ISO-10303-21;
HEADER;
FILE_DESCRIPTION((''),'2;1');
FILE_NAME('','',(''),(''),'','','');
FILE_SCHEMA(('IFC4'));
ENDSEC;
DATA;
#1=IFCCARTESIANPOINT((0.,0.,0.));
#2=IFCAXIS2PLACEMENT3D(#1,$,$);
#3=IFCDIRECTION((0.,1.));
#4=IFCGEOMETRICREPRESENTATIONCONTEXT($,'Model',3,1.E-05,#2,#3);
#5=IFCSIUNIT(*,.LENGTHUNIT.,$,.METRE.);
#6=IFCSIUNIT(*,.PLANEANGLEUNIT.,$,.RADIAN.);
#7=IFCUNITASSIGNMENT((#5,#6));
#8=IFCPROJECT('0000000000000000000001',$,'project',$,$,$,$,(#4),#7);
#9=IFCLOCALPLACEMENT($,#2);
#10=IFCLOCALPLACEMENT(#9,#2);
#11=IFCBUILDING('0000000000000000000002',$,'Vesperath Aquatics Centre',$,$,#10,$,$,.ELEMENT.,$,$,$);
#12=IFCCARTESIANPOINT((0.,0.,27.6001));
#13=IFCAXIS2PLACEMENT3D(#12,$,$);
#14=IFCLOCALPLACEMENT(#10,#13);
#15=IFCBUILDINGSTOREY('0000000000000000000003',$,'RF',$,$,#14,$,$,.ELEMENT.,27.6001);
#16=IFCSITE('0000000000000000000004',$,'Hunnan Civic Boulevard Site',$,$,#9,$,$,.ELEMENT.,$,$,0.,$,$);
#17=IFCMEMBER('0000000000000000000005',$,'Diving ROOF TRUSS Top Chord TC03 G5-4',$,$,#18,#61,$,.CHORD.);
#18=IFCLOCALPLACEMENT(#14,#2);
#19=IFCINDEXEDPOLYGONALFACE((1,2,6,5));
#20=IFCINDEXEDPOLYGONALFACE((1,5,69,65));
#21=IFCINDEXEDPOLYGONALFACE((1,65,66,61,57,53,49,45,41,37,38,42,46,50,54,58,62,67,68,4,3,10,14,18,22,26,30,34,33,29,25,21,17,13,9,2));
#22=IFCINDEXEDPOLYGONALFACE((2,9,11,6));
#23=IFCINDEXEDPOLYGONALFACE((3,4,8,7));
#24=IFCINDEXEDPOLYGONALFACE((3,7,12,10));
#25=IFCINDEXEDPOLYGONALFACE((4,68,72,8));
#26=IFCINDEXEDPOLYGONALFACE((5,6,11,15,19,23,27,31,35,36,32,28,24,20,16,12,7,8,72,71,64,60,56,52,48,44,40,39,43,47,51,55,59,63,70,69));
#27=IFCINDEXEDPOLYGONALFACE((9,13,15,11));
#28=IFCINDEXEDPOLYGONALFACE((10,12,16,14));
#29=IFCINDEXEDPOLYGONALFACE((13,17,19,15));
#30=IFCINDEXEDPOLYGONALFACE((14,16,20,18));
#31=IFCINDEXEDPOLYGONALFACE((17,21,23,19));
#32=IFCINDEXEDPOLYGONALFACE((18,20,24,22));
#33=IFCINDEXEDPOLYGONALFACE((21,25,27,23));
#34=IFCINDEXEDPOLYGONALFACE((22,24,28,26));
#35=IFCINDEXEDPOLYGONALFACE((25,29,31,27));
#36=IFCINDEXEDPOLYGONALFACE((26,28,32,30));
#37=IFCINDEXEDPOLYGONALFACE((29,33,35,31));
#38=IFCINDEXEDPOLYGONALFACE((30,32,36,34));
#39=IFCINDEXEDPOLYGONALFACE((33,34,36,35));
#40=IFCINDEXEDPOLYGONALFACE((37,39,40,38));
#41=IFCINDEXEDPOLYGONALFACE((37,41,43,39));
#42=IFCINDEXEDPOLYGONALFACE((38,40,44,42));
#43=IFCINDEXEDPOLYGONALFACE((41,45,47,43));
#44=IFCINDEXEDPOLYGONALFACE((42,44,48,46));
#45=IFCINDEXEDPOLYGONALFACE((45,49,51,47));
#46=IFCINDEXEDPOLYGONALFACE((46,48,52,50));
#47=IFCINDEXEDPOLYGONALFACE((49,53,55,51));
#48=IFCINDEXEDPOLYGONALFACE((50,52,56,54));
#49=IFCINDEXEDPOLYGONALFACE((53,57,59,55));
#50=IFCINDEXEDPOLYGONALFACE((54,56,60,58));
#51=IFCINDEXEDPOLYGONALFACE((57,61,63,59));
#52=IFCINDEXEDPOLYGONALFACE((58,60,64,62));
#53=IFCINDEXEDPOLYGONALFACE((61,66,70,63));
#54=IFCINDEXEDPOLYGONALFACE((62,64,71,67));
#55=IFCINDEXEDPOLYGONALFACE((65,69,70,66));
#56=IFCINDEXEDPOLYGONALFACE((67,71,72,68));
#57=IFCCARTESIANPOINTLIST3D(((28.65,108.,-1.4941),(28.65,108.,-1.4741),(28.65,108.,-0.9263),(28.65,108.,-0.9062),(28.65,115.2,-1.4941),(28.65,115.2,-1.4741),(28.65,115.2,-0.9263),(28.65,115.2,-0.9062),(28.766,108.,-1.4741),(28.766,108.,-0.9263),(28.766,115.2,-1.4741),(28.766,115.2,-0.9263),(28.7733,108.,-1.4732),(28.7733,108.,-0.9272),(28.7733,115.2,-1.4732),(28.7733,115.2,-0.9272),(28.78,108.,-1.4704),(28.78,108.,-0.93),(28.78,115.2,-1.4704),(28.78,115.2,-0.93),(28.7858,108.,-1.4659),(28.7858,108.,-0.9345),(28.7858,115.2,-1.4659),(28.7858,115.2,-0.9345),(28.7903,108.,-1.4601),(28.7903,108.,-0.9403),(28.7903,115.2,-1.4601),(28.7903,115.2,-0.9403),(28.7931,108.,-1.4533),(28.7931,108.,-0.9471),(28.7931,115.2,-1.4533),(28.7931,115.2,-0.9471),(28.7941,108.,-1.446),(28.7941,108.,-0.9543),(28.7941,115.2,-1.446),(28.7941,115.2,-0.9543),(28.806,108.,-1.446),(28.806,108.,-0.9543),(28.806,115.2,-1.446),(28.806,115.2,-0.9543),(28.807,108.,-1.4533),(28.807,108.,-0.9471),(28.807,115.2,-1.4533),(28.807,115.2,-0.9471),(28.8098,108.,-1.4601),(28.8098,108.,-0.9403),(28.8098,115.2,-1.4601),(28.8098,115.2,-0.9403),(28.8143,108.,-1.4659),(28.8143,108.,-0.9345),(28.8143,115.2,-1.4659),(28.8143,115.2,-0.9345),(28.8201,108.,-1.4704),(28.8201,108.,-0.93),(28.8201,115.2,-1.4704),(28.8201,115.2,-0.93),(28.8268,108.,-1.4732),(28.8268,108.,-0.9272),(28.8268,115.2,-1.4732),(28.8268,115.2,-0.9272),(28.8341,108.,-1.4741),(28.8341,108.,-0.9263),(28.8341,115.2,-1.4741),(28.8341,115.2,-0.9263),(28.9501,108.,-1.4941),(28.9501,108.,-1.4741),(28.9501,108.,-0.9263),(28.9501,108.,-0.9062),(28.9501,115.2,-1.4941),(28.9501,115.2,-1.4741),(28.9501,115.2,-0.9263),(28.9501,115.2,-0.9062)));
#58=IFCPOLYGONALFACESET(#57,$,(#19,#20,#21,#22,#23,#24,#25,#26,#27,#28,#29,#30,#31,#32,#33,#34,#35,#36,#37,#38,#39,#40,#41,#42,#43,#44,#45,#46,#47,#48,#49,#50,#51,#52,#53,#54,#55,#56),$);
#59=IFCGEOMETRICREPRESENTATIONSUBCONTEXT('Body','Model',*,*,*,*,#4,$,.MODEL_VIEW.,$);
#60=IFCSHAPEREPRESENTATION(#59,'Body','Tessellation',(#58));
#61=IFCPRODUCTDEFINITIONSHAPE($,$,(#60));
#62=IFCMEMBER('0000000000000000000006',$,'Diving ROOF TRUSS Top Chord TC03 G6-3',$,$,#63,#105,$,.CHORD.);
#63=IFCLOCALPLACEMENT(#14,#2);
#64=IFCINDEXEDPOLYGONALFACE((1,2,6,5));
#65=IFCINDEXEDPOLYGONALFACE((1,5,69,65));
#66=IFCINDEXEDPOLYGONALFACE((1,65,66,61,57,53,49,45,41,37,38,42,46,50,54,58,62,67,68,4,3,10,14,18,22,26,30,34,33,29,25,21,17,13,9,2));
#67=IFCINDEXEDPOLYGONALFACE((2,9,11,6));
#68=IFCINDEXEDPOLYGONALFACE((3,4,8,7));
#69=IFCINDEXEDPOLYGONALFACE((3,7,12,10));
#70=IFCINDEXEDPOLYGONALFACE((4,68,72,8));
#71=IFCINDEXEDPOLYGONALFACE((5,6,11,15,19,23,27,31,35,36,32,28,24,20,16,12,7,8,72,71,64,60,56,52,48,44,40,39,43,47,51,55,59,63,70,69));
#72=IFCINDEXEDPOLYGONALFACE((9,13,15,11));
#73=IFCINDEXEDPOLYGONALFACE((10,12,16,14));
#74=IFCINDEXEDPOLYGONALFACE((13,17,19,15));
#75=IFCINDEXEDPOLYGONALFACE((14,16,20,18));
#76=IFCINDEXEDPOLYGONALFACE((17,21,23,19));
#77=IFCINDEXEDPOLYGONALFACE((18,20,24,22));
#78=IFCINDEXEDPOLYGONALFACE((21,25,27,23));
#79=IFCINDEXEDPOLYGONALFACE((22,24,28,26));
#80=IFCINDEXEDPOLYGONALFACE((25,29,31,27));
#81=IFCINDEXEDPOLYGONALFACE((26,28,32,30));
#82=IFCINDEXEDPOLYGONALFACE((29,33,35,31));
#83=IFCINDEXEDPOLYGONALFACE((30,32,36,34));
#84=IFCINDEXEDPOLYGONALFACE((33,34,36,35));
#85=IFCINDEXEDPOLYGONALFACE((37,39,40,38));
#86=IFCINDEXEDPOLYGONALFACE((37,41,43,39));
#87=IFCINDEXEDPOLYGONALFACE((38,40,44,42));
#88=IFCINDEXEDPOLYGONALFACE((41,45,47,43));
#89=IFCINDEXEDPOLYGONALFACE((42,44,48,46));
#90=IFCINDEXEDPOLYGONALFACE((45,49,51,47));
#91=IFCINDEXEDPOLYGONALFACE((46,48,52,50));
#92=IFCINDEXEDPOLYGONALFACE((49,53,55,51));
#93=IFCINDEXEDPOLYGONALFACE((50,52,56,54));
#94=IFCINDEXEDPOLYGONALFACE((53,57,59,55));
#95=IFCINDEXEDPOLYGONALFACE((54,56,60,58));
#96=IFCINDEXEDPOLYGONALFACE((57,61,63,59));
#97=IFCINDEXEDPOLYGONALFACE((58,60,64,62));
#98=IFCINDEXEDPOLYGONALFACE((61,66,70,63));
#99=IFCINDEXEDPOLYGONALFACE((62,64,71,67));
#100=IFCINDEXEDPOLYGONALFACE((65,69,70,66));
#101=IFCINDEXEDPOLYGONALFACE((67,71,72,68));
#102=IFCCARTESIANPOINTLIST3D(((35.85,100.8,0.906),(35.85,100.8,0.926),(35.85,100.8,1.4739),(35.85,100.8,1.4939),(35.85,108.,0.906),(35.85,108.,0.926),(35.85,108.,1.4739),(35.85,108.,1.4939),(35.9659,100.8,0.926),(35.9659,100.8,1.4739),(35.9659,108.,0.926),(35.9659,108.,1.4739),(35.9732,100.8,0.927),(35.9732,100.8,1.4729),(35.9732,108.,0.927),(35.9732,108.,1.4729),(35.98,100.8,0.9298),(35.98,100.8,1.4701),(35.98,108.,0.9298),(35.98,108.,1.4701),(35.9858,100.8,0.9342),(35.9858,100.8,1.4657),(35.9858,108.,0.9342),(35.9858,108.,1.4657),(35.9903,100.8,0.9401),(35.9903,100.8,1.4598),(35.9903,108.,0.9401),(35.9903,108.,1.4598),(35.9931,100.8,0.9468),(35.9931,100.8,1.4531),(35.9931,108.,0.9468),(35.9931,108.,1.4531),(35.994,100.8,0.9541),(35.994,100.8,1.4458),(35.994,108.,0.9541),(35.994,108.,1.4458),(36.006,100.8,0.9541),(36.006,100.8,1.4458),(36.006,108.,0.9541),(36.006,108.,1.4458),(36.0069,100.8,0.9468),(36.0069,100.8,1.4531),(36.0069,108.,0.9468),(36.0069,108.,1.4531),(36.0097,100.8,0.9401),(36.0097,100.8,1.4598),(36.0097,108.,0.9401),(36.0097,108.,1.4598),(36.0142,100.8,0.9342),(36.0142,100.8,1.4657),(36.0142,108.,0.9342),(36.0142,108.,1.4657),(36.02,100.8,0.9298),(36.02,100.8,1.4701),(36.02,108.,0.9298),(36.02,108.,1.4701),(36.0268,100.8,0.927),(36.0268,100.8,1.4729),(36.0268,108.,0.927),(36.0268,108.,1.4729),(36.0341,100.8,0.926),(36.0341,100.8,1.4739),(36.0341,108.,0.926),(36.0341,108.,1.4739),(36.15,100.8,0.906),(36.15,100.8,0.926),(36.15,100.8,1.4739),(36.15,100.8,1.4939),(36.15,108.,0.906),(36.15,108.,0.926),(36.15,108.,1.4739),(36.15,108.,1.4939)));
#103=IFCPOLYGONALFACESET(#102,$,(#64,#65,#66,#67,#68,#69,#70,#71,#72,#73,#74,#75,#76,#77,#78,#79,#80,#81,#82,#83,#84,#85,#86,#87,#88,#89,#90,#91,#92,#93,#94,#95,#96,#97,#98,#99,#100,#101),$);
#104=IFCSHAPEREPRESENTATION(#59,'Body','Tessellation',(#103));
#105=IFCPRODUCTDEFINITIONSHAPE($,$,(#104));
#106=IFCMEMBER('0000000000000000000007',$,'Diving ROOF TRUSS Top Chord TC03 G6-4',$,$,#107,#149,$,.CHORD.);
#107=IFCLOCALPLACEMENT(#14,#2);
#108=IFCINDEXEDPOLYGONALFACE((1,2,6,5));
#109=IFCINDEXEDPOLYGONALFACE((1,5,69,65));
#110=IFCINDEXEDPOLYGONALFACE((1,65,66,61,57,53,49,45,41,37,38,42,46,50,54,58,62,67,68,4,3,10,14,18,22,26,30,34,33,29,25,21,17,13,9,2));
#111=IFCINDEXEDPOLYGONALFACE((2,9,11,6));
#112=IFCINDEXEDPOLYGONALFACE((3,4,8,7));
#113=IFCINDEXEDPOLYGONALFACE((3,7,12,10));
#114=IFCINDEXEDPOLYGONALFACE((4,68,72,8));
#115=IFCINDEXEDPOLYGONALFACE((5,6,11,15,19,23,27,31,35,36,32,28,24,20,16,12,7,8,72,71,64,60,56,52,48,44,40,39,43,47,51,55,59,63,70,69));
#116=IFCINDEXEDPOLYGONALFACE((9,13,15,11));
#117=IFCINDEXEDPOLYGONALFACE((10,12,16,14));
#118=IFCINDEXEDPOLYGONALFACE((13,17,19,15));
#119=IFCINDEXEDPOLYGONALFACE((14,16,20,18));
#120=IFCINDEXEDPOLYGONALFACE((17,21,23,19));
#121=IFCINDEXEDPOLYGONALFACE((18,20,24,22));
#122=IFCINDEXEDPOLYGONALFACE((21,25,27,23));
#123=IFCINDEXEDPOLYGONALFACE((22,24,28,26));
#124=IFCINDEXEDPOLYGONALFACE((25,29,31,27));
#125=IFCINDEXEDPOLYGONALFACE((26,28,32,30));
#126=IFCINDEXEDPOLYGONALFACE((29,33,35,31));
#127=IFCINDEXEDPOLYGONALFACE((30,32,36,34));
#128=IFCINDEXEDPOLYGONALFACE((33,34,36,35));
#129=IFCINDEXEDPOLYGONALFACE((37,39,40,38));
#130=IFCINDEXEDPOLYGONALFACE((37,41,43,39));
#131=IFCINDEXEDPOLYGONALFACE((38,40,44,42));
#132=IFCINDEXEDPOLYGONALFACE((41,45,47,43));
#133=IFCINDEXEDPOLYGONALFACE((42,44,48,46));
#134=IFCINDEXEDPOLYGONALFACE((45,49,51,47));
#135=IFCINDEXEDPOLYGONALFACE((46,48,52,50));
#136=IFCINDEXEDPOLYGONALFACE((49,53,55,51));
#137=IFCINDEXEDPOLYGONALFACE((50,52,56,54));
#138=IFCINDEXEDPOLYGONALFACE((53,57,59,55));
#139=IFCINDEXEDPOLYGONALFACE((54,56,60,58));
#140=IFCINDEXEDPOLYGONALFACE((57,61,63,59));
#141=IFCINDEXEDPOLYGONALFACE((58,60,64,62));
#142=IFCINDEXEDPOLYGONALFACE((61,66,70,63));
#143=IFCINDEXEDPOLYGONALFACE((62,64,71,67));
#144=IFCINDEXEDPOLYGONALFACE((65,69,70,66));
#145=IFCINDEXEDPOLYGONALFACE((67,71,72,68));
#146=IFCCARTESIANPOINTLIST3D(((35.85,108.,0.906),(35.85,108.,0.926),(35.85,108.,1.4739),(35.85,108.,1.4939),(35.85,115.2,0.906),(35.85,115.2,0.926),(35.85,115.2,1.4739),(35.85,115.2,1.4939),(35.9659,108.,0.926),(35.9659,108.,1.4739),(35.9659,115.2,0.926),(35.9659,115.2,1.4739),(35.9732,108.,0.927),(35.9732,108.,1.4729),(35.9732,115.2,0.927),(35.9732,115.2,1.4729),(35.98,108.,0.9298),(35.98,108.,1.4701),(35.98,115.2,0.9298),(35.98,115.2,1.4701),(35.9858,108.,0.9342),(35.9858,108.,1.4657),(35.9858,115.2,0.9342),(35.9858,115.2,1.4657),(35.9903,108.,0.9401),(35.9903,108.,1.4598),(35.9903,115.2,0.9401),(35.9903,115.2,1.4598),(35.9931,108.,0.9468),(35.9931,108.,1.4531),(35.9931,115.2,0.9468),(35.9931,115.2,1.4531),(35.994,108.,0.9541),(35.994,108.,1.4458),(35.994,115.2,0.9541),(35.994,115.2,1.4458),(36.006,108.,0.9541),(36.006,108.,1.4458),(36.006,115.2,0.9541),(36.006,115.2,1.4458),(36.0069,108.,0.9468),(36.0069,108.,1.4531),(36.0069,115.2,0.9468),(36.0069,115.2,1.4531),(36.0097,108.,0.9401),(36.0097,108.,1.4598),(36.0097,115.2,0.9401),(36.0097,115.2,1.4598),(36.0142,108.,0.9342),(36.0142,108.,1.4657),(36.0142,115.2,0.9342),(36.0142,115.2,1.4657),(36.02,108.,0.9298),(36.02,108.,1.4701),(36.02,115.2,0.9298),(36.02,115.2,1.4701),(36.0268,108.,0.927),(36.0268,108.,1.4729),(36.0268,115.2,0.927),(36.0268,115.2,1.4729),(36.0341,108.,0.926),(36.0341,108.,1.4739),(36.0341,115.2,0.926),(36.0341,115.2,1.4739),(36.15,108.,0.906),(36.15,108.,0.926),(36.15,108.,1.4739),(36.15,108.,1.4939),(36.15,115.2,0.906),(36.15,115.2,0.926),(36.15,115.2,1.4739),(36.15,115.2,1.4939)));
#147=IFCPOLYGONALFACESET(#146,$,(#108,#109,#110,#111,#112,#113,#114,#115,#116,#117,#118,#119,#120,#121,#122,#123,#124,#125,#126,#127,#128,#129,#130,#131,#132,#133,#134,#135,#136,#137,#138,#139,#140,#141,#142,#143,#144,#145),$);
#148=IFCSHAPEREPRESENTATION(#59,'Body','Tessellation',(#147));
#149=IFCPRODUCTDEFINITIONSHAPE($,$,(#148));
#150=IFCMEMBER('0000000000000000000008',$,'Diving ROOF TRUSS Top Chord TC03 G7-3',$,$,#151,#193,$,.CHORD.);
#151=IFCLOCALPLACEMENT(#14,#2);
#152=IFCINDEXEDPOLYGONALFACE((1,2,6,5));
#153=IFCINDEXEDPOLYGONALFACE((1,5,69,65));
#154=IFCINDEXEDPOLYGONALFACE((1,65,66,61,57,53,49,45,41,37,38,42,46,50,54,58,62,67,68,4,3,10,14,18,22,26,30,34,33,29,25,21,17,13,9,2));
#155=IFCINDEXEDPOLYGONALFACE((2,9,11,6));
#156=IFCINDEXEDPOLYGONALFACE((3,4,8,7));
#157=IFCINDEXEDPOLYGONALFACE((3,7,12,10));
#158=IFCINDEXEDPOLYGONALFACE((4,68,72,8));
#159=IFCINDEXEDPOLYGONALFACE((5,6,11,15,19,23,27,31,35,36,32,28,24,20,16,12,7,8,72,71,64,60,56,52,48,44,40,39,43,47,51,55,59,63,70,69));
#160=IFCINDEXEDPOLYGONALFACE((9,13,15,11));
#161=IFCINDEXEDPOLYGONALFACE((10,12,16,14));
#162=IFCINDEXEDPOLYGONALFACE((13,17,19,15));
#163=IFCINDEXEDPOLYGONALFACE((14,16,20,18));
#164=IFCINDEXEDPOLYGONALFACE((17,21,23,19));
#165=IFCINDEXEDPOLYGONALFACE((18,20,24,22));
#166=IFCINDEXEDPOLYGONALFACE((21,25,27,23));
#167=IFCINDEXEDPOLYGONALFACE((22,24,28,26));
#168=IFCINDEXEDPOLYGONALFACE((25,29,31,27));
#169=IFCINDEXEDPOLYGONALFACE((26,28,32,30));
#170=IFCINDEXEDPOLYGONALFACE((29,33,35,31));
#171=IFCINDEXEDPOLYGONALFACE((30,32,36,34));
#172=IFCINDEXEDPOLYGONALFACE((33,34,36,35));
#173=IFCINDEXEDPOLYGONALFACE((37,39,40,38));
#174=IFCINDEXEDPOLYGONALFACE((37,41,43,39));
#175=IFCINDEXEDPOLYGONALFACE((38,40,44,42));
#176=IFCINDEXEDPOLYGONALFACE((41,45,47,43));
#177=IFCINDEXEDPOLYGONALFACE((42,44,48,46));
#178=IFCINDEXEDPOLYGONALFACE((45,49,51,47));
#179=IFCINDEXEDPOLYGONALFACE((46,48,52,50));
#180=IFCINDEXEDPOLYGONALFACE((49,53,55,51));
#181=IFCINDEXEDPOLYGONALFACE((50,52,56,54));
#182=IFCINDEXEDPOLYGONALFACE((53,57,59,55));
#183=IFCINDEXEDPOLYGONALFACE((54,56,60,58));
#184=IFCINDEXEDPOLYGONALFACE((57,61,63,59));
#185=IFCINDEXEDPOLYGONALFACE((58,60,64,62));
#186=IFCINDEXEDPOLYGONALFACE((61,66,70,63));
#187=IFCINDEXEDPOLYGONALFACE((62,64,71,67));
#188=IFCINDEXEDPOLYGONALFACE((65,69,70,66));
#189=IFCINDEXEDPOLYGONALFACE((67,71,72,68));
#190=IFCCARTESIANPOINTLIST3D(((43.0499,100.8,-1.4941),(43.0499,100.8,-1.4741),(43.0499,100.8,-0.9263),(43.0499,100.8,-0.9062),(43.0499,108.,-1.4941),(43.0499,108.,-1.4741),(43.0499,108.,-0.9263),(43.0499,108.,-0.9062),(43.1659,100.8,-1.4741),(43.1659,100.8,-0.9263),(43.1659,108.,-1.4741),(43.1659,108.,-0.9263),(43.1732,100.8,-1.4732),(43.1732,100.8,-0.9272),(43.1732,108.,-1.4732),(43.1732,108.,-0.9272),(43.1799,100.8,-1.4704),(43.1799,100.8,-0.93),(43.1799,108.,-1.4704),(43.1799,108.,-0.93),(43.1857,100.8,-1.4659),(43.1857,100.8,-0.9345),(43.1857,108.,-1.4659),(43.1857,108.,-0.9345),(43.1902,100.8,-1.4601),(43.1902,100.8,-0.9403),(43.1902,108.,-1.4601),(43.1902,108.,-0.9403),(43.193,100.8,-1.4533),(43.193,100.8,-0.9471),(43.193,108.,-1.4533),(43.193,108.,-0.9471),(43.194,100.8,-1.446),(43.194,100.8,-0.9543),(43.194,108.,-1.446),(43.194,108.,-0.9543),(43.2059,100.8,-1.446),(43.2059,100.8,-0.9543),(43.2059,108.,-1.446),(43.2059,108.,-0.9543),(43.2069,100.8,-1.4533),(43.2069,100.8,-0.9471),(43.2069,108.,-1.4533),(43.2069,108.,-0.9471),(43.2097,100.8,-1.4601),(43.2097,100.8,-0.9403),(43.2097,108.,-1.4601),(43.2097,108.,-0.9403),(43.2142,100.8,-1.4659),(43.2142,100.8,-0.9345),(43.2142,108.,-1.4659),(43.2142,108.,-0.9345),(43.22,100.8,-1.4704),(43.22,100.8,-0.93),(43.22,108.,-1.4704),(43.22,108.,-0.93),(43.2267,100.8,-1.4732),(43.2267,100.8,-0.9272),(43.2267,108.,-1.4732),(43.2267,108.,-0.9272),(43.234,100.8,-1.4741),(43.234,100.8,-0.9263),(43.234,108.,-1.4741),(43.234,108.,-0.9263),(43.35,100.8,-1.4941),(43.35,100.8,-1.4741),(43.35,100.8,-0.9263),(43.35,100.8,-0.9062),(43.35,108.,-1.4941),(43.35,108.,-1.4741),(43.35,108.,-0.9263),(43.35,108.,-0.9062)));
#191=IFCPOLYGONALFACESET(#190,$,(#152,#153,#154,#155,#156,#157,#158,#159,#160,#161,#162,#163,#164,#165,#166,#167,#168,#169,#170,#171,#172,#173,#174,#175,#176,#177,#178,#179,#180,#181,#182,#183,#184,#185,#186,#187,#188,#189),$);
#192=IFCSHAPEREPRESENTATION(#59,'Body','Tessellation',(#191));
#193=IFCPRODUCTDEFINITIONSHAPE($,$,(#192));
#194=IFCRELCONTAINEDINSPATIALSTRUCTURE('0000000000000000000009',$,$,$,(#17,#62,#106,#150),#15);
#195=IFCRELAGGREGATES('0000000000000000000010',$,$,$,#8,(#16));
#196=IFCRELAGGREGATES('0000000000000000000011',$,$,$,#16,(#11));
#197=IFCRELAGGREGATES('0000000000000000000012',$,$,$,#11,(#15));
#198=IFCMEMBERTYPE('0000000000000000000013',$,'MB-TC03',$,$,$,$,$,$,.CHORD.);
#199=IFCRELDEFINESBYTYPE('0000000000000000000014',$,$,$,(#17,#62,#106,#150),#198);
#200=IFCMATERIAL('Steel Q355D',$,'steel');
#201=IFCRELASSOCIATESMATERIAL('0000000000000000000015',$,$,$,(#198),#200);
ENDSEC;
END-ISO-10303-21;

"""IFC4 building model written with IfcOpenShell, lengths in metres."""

from ifc_helpers import new_model, si_unit, direction, frame, origin, origin_2d, place, context, subcontext, project, spatial, i_section, extrude, material, material_profile, profile_set, type_object, element, save


model = new_model("IFC4")

# Units and contexts
model_context = context("Model", 3, precision=1e-05, world=origin(), true_north=direction((0.0, 1.0)))
body_context = subcontext(model_context, "Body", "Model", "MODEL_VIEW")
ifc_project = project(units=[si_unit("LENGTHUNIT", "METRE"), si_unit("PLANEANGLEUNIT", "RADIAN")], contexts=[model_context])

# Site, building, storey
site_placement = place(None, origin())
site = spatial("IfcSite", under=ifc_project, at=site_placement, Name="Hunnan Civic Boulevard Site", CompositionType="ELEMENT", RefElevation=0.0)
building_placement = place(site_placement, origin())
building = spatial("IfcBuilding", under=site, at=building_placement, Name="Vesperath Aquatics Centre", CompositionType="ELEMENT")
storey_placement = place(building_placement, frame((0.0, 0.0, 27.6001)))
storey = spatial("IfcBuildingStorey", under=building, at=storey_placement, Name="RF", CompositionType="ELEMENT", Elevation=27.6001)

# Members
ifc_material_1 = material(Name="Steel Q355D", Category="steel")
ifc_material_profile_1 = material_profile(ifc_material_1, i_section(OverallWidth=0.3, OverallDepth=0.5879, WebThickness=0.012, FlangeThickness=0.02, FilletRadius=0.0281, at=origin_2d()), Name="HM 588x300x12x20")
ifc_profile_set_1 = profile_set([ifc_material_profile_1], Name="Steel Q355D")
member_type_1 = type_object("IfcMemberType", Name="MB-TC03", PredefinedType="CHORD", material=ifc_profile_set_1)
for number, where, z_axis, x_axis, name in (
    (1, (28.8, 108.0, -1.2002), (0.0, 1.0, 0.0), (-1.0, 0.0, 0.0), "Diving ROOF TRUSS Top Chord TC03 G5-4"),
    (2, (36.0, 100.8, 1.2), (0.0, 1.0, 0.0), (-1.0, 0.0, 0.0), "Diving ROOF TRUSS Top Chord TC03 G6-3"),
    (3, (36.0, 108.0, 1.2), (0.0, 1.0, 0.0), (-1.0, 0.0, 0.0), "Diving ROOF TRUSS Top Chord TC03 G6-4"),
    (4, (43.2, 100.8, -1.2002), (0.0, 1.0, 0.0), (-1.0, 0.0, 0.0), "Diving ROOF TRUSS Top Chord TC03 G7-3"),
):
    element("IfcMember", number, at=place(storey_placement, frame(where, z_axis=z_axis, x_axis=x_axis)), inside=storey, type_object=member_type_1, Name=name, PredefinedType="CHORD", context=body_context, shape_type="SweptSolid", body=[
        extrude(i_section(OverallWidth=0.3, OverallDepth=0.5879, WebThickness=0.012, FlangeThickness=0.02, FilletRadius=0.0281, at=origin_2d()), origin(), (0.0, 0.0, 1.0), 7.2),
    ])

save(model, "model.ifc")
